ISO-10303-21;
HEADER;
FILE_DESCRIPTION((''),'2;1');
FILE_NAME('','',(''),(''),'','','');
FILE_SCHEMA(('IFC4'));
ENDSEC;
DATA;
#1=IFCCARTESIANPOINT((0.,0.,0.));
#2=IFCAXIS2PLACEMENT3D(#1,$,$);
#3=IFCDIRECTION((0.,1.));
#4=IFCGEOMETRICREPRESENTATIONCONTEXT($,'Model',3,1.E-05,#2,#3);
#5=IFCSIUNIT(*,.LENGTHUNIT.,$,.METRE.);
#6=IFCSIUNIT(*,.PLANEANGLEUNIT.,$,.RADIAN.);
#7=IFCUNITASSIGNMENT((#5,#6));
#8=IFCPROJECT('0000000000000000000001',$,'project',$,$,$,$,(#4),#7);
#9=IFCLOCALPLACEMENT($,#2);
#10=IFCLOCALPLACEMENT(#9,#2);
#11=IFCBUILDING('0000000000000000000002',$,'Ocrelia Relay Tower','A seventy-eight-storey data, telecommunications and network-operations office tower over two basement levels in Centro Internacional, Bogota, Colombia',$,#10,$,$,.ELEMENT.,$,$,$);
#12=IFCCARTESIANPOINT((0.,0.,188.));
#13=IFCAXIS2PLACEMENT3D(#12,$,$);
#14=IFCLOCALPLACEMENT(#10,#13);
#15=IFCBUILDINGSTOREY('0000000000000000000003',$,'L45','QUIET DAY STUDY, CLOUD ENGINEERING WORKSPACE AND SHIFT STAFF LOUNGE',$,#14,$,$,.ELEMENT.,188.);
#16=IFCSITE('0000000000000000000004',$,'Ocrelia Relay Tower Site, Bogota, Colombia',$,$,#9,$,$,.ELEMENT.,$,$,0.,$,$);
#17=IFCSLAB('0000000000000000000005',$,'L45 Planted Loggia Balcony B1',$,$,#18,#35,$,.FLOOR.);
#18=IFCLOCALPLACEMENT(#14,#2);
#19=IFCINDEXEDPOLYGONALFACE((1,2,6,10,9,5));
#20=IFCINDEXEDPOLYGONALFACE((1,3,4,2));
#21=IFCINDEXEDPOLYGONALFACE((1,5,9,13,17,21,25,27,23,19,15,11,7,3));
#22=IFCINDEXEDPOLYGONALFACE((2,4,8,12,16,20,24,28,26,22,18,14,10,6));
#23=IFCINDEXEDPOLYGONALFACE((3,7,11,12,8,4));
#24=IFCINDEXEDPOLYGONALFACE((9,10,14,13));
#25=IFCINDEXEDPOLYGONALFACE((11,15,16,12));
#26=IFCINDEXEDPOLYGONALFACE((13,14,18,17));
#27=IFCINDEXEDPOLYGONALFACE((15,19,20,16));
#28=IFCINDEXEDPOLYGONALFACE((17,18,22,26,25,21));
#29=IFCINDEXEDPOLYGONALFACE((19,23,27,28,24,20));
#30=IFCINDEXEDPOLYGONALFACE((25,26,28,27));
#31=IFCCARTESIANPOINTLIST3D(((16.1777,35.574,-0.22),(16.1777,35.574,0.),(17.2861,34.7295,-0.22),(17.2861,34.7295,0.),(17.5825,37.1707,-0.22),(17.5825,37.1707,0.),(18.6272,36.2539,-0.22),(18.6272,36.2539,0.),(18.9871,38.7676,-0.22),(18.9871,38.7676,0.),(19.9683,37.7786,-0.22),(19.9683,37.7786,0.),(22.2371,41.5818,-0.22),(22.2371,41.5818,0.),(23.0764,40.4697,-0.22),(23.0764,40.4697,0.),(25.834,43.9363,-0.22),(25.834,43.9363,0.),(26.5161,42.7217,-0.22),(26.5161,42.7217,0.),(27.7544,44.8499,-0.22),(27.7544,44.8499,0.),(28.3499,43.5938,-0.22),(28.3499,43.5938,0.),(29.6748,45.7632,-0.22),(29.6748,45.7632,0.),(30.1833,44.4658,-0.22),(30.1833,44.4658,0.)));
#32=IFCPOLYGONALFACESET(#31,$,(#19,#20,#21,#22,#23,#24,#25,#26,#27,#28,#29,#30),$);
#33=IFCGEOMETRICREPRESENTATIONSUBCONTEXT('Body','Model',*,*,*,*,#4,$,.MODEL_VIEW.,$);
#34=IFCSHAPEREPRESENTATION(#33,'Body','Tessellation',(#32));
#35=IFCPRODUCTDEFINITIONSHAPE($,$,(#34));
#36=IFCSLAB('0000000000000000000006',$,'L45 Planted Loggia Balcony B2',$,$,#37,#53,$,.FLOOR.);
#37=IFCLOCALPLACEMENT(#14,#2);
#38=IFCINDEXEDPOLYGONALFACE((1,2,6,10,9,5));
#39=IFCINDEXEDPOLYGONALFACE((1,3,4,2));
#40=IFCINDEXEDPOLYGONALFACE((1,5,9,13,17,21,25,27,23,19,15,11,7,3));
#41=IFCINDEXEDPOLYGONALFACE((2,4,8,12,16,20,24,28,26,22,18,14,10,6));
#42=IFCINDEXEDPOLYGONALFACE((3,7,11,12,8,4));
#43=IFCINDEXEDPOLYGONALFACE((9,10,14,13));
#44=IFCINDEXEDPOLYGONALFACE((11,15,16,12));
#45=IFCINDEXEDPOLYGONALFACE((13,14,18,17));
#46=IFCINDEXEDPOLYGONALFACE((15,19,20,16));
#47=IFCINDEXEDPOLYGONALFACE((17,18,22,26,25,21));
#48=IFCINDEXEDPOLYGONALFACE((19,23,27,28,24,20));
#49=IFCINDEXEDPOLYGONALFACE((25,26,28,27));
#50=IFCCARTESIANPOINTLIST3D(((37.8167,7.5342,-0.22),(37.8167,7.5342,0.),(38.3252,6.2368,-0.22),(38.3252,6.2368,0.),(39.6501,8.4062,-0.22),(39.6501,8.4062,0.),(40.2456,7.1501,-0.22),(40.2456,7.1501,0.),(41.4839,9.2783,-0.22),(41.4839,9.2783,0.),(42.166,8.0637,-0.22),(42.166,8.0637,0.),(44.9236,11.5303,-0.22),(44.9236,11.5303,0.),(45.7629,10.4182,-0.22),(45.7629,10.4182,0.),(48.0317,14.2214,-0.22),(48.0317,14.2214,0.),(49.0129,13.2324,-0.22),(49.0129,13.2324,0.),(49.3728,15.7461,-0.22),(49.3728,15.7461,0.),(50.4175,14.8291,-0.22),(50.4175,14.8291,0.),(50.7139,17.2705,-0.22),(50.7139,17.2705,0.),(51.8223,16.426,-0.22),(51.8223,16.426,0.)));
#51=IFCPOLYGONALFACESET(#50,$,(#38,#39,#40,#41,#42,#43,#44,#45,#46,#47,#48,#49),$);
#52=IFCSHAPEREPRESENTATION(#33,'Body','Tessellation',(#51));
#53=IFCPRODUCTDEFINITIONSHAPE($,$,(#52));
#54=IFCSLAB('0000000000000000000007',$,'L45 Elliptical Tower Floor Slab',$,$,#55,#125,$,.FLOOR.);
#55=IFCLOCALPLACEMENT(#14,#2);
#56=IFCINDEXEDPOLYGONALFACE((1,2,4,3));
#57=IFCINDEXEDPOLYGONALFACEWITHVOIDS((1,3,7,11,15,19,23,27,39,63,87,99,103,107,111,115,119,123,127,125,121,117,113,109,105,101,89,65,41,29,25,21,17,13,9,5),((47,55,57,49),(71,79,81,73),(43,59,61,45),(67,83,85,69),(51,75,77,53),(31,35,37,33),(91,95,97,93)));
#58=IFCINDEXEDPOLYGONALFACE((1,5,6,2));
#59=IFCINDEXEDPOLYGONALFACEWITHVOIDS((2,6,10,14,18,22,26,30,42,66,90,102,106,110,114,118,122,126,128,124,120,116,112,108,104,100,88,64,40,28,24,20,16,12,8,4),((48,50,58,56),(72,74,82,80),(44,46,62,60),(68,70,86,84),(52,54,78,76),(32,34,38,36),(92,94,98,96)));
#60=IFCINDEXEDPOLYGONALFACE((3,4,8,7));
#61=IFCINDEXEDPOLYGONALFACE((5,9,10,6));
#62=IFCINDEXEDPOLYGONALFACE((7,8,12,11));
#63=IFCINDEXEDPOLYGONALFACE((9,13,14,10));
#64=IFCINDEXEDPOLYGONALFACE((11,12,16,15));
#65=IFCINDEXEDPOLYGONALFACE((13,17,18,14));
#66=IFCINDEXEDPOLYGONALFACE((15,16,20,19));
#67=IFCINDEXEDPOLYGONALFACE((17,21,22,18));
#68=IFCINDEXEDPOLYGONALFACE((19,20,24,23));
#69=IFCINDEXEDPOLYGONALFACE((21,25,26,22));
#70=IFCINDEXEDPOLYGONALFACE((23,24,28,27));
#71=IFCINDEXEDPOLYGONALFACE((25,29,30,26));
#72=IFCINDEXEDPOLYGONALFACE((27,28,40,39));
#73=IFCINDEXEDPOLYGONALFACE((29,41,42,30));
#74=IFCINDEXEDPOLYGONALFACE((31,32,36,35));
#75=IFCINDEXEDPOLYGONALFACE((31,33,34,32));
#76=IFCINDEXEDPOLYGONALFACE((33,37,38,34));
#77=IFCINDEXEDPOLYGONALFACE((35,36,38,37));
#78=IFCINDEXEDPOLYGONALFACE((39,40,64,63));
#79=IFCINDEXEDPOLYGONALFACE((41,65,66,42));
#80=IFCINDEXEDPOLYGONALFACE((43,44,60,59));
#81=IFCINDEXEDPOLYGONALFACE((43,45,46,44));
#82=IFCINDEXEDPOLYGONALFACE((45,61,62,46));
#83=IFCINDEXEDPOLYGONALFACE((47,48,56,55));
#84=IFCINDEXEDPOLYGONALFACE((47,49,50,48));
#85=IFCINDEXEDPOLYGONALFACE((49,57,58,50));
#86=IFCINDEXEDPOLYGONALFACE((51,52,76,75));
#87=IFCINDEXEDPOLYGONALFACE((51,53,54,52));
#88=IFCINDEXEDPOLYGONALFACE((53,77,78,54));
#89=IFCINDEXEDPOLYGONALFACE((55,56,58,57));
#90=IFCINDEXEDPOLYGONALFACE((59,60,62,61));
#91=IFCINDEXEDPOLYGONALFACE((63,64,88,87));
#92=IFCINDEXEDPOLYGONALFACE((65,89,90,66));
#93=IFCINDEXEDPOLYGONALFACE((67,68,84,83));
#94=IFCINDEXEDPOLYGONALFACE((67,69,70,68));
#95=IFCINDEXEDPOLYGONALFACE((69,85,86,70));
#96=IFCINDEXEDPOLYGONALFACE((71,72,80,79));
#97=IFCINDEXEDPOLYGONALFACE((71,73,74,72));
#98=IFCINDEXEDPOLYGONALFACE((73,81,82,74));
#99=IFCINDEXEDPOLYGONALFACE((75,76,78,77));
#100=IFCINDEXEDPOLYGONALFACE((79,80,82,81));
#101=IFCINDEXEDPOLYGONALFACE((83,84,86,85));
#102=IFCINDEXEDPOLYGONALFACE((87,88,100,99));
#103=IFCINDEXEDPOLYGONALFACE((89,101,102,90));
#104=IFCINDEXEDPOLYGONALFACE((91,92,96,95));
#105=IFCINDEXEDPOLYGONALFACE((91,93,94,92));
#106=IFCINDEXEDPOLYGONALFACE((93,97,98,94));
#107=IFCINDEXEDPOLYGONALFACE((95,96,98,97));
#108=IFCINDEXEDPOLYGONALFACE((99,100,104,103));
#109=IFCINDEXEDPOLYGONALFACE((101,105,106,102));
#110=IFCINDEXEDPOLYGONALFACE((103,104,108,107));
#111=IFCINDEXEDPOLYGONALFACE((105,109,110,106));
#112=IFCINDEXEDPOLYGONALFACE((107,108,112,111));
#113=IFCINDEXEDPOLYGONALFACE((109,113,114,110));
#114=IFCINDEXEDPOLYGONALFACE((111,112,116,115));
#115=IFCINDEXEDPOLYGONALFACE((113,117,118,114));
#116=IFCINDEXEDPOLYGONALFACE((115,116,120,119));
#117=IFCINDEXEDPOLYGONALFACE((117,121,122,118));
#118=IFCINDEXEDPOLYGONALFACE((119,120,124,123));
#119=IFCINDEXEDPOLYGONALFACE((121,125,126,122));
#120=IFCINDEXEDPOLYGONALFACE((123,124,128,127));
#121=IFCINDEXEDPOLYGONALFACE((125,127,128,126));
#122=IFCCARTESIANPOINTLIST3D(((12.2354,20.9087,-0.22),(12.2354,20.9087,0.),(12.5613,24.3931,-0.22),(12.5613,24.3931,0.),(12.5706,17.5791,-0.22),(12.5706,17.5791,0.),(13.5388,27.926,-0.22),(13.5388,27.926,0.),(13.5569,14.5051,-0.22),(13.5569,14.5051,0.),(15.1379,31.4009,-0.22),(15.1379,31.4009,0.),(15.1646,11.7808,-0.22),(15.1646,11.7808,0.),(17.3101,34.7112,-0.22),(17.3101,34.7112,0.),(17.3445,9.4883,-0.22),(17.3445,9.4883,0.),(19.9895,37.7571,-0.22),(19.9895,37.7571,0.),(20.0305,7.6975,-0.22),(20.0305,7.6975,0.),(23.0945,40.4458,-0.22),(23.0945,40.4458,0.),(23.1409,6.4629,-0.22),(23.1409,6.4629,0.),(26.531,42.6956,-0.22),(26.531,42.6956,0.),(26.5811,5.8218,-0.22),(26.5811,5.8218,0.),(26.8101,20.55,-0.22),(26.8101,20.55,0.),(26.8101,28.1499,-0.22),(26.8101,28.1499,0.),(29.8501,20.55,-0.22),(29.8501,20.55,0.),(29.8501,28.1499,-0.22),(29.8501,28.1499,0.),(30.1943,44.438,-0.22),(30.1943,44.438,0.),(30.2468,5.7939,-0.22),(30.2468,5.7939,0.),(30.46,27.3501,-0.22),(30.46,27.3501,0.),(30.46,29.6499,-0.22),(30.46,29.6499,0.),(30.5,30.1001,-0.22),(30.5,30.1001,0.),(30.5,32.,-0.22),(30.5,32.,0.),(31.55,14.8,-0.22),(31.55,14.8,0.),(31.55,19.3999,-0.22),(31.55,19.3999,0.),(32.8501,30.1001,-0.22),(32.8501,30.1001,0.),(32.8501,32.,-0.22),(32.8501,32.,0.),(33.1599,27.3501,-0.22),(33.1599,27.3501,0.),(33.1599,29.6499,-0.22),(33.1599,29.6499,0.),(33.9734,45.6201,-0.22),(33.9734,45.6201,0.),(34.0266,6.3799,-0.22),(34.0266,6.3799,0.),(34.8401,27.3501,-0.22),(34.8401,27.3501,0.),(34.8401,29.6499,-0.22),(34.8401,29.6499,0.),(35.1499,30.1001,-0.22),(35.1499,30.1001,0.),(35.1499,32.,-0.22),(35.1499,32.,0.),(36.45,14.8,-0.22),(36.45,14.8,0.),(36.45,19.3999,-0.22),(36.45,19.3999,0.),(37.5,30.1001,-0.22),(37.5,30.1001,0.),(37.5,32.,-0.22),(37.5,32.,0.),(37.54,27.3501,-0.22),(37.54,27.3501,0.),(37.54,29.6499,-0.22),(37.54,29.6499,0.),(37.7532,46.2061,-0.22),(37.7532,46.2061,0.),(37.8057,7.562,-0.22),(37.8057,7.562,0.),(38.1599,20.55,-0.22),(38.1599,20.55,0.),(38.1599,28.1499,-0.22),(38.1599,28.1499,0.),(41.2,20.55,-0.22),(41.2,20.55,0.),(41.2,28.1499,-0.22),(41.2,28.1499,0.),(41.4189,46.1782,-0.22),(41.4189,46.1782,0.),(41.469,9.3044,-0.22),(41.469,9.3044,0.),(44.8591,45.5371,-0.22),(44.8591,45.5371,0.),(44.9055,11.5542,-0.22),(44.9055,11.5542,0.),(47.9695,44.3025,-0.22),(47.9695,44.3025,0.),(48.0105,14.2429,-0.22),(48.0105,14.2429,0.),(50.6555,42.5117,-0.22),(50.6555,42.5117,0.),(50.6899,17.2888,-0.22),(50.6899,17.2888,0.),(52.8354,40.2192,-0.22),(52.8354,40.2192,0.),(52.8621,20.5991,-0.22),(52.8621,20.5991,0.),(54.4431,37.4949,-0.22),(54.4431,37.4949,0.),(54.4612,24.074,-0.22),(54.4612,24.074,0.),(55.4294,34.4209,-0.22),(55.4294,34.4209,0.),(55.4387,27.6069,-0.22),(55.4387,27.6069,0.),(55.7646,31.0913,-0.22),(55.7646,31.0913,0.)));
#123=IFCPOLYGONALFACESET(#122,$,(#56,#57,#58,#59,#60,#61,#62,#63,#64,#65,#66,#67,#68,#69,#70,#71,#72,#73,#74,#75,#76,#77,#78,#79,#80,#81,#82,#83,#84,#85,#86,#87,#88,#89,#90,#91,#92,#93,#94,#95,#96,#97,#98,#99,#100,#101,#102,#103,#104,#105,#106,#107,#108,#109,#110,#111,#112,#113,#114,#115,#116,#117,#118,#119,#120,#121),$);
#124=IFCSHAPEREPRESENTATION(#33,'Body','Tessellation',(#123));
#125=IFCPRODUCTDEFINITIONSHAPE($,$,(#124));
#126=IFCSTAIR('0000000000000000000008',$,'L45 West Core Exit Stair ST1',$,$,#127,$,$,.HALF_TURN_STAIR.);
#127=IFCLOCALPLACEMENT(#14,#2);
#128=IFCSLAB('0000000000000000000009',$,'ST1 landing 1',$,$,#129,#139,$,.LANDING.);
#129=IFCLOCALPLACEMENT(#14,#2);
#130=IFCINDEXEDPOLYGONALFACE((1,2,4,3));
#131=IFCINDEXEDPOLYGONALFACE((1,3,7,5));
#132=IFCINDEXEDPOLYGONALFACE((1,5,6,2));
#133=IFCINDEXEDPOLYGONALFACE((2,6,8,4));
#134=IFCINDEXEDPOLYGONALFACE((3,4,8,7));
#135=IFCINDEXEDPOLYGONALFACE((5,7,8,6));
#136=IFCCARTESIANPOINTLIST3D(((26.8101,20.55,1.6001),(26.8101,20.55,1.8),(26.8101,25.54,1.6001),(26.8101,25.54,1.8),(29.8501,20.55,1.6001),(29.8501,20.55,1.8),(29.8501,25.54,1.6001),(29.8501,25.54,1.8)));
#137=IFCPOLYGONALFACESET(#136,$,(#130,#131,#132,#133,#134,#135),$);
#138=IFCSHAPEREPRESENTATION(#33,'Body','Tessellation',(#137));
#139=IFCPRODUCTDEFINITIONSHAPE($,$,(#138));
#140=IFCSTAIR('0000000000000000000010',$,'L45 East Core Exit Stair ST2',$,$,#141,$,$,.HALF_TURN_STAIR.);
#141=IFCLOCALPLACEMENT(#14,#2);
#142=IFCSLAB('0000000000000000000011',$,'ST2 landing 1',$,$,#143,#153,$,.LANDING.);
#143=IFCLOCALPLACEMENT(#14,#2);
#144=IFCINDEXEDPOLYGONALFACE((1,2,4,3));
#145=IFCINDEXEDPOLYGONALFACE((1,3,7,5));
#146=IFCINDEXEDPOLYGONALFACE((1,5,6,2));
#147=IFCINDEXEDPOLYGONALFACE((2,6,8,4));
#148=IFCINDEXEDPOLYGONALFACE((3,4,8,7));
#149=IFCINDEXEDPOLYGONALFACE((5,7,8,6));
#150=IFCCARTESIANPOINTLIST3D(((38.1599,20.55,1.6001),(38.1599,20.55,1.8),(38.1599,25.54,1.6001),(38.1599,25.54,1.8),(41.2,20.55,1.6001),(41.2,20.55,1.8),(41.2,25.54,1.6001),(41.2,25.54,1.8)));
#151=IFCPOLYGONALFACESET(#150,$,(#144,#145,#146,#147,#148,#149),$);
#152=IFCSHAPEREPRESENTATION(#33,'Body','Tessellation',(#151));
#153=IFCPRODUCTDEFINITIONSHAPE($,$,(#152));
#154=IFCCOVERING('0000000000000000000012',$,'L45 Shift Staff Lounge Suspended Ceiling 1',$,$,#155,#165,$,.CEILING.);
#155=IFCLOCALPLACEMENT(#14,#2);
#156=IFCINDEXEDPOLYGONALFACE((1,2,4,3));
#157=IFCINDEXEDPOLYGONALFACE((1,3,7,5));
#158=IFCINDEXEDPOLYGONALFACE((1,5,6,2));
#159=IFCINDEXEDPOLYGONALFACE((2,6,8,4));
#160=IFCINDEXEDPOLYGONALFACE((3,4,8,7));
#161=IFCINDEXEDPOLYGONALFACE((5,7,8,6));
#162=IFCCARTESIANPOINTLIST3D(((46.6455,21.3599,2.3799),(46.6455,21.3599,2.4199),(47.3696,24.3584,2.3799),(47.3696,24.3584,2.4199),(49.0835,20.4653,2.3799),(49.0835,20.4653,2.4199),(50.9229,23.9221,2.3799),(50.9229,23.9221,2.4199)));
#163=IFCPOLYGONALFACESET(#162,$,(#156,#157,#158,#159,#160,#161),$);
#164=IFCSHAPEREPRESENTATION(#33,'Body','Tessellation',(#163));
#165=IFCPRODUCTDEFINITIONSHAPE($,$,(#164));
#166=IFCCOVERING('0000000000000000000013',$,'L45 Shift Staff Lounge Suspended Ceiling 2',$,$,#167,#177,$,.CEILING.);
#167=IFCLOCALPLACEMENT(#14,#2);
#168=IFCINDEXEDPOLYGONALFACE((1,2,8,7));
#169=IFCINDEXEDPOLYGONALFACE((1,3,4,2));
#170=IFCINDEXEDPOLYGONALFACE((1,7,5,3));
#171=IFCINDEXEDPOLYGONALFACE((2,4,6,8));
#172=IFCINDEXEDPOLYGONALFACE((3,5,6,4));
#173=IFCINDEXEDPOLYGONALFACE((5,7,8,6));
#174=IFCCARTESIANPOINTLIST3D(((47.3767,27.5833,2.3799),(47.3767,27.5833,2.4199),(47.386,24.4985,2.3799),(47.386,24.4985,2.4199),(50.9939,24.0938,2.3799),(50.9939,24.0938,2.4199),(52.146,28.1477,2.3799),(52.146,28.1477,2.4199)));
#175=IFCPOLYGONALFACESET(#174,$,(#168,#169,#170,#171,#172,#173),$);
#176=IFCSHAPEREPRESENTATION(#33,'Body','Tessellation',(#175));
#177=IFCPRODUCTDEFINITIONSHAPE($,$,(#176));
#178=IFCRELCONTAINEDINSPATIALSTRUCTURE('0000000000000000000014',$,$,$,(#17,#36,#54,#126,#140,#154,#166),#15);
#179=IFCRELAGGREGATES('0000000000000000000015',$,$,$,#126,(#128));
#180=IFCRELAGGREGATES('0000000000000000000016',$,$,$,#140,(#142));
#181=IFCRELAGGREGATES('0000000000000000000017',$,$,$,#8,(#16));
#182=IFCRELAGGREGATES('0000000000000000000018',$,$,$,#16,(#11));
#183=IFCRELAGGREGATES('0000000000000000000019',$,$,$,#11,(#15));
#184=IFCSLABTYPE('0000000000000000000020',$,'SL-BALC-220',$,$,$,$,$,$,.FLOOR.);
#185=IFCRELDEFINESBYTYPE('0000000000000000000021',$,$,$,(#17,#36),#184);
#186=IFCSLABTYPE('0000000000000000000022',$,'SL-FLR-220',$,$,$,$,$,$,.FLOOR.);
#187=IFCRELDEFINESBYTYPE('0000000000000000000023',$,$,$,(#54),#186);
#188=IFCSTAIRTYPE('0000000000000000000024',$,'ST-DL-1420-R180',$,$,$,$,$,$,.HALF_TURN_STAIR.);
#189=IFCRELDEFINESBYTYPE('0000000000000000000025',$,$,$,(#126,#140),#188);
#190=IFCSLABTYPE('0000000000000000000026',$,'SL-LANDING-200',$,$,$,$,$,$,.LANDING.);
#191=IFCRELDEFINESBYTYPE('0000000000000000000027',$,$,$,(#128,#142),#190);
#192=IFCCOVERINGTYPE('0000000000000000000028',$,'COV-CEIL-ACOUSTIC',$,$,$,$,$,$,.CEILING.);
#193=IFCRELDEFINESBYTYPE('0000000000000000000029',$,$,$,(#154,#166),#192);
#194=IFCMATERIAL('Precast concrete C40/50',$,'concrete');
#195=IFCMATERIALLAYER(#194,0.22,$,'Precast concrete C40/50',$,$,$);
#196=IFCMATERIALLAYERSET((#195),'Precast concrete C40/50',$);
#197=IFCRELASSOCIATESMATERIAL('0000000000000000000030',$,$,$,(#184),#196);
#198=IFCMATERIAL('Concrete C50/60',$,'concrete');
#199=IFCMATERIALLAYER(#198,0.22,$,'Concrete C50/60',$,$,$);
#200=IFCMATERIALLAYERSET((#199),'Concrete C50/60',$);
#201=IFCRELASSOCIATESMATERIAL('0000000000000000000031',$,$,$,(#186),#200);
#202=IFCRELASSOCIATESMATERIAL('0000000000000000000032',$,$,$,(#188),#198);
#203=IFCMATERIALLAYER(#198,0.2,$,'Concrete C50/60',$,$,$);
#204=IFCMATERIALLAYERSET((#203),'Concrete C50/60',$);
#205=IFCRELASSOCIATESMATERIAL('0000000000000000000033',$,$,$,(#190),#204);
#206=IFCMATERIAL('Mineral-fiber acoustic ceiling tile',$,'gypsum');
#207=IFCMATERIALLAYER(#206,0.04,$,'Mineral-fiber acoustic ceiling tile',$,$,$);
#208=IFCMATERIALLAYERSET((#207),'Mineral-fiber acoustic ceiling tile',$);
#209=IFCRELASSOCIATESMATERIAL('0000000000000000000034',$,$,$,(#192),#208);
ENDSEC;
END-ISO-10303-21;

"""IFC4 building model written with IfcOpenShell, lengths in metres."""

from ifc_helpers import new_model, si_unit, direction, frame, origin, place, context, subcontext, project, spatial, polyline, outline, extrude, material, layer, layer_set, type_object, element, aggregate, save


model = new_model("IFC4")

# Units and contexts
model_context = context("Model", 3, precision=1e-05, world=origin(), true_north=direction((0.0, 1.0)))
body_context = subcontext(model_context, "Body", "Model", "MODEL_VIEW")
ifc_project = project(units=[si_unit("LENGTHUNIT", "METRE"), si_unit("PLANEANGLEUNIT", "RADIAN")], contexts=[model_context])

# Site, building, storey
site_placement = place(None, origin())
site = spatial("IfcSite", under=ifc_project, at=site_placement, Name="Ocrelia Relay Tower Site, Bogota, Colombia", CompositionType="ELEMENT", RefElevation=0.0)
building_placement = place(site_placement, origin())
building = spatial("IfcBuilding", under=site, at=building_placement, Name="Ocrelia Relay Tower", Description="A seventy-eight-storey data, telecommunications and network-operations office tower over two basement levels in Centro Internacional, Bogota, Colombia", CompositionType="ELEMENT")
storey_placement = place(building_placement, frame((0.0, 0.0, 188.0)))
storey = spatial("IfcBuildingStorey", under=building, at=storey_placement, Name="L45", Description="QUIET DAY STUDY, CLOUD ENGINEERING WORKSPACE AND SHIFT STAFF LOUNGE", CompositionType="ELEMENT", Elevation=188.0)

# Slabs
ifc_material_1 = material(Name="Precast concrete C40/50", Category="concrete")
ifc_layer_1 = layer(ifc_material_1, 0.22, Name="Precast concrete C40/50")
ifc_layer_set_1 = layer_set([ifc_layer_1], Name="Precast concrete C40/50")
slab_type_1 = type_object("IfcSlabType", Name="SL-BALC-220", PredefinedType="FLOOR", material=ifc_layer_set_1)
slab_1_placement = place(storey_placement, frame((0.0, 0.0, -0.22)))
element("IfcSlab", 1, at=slab_1_placement, inside=storey, type_object=slab_type_1, Name="L45 Planted Loggia Balcony B1", PredefinedType="FLOOR", context=body_context, shape_type="SweptSolid", body=[
    extrude(outline(polyline([(30.1833, 44.4658), (28.3499, 43.5938), (26.5161, 42.7217), (23.0764, 40.4697), (19.9683, 37.7786), (18.6272, 36.2539), (17.2861, 34.7295), (16.1777, 35.574), (17.5825, 37.1707), (18.9871, 38.7676), (22.2371, 41.5818), (25.834, 43.9363), (27.7544, 44.8499), (29.6748, 45.7632), (30.1833, 44.4658)])), origin(), (0.0, 0.0, 1.0), 0.22),
])
slab_2_placement = place(storey_placement, frame((0.0, 0.0, -0.22)))
element("IfcSlab", 2, at=slab_2_placement, inside=storey, type_object=slab_type_1, Name="L45 Planted Loggia Balcony B2", PredefinedType="FLOOR", context=body_context, shape_type="SweptSolid", body=[
    extrude(outline(polyline([(37.8167, 7.5342), (39.6501, 8.4062), (41.4839, 9.2783), (44.9236, 11.5303), (48.0317, 14.2214), (49.3728, 15.7461), (50.7139, 17.2705), (51.8223, 16.426), (50.4175, 14.8291), (49.0129, 13.2324), (45.7629, 10.4182), (42.166, 8.0637), (40.2456, 7.1501), (38.3252, 6.2368), (37.8167, 7.5342)])), origin(), (0.0, 0.0, 1.0), 0.22),
])
ifc_material_2 = material(Name="Concrete C50/60", Category="concrete")
ifc_layer_2 = layer(ifc_material_2, 0.22, Name="Concrete C50/60")
ifc_layer_set_2 = layer_set([ifc_layer_2], Name="Concrete C50/60")
slab_type_2 = type_object("IfcSlabType", Name="SL-FLR-220", PredefinedType="FLOOR", material=ifc_layer_set_2)
slab_3_placement = place(storey_placement, frame((0.0, 0.0, -0.22)))
element("IfcSlab", 3, at=slab_3_placement, inside=storey, type_object=slab_type_2, Name="L45 Elliptical Tower Floor Slab", PredefinedType="FLOOR", context=body_context, shape_type="SweptSolid", body=[
    extrude(outline(polyline([(52.8354, 40.2192), (50.6555, 42.5117), (47.9695, 44.3025), (44.8591, 45.5371), (41.4189, 46.1782), (37.7532, 46.2061), (33.9734, 45.6201), (30.1943, 44.438), (26.531, 42.6956), (23.0945, 40.4458), (19.9895, 37.7571), (17.3101, 34.7112), (15.1379, 31.4009), (13.5388, 27.926), (12.5613, 24.3931), (12.2354, 20.9087), (12.5706, 17.5791), (13.5569, 14.5051), (15.1646, 11.7808), (17.3445, 9.4883), (20.0305, 7.6975), (23.1409, 6.4629), (26.5811, 5.8218), (30.2468, 5.7939), (34.0266, 6.3799), (37.8057, 7.562), (41.469, 9.3044), (44.9055, 11.5542), (48.0105, 14.2429), (50.6899, 17.2888), (52.8621, 20.5991), (54.4612, 24.074), (55.4387, 27.6069), (55.7646, 31.0913), (55.4294, 34.4209), (54.4431, 37.4949), (52.8354, 40.2192)]), holes=[polyline([(26.8101, 28.1499), (26.8101, 20.55), (29.8501, 20.55), (29.8501, 28.1499), (26.8101, 28.1499)]), polyline([(38.1599, 28.1499), (38.1599, 20.55), (41.2, 20.55), (41.2, 28.1499), (38.1599, 28.1499)]), polyline([(30.46, 27.3501), (33.1599, 27.3501), (33.1599, 29.6499), (30.46, 29.6499), (30.46, 27.3501)]), polyline([(34.8401, 27.3501), (37.54, 27.3501), (37.54, 29.6499), (34.8401, 29.6499), (34.8401, 27.3501)]), polyline([(30.5, 30.1001), (32.8501, 30.1001), (32.8501, 32.0), (30.5, 32.0), (30.5, 30.1001)]), polyline([(35.1499, 30.1001), (37.5, 30.1001), (37.5, 32.0), (35.1499, 32.0), (35.1499, 30.1001)]), polyline([(31.55, 14.8), (36.45, 14.8), (36.45, 19.3999), (31.55, 19.3999), (31.55, 14.8)])]), origin(), (0.0, 0.0, 1.0), 0.22),
])

# Stairs, slabs
stair_type = type_object("IfcStairType", Name="ST-DL-1420-R180", PredefinedType="HALF_TURN_STAIR", material=ifc_material_2)
stair_1_placement = place(storey_placement, origin())
stair_1 = element("IfcStair", 4, at=stair_1_placement, inside=storey, type_object=stair_type, Name="L45 West Core Exit Stair ST1", PredefinedType="HALF_TURN_STAIR")
ifc_layer_3 = layer(ifc_material_2, 0.2, Name="Concrete C50/60")
ifc_layer_set_3 = layer_set([ifc_layer_3], Name="Concrete C50/60")
slab_type_3 = type_object("IfcSlabType", Name="SL-LANDING-200", PredefinedType="LANDING", material=ifc_layer_set_3)
slab_4_placement = place(storey_placement, frame((0.0, 0.0, 1.6001)))
slab_4 = element("IfcSlab", 5, at=slab_4_placement, type_object=slab_type_3, Name="ST1 landing 1", PredefinedType="LANDING", context=body_context, shape_type="SweptSolid", body=[
    extrude(outline(polyline([(26.8101, 25.54), (26.8101, 20.55), (29.8501, 20.55), (29.8501, 25.54), (26.8101, 25.54)])), origin(), (0.0, 0.0, 1.0), 0.2),
])
aggregate(stair_1, [slab_4])
stair_2_placement = place(storey_placement, origin())
stair_2 = element("IfcStair", 6, at=stair_2_placement, inside=storey, type_object=stair_type, Name="L45 East Core Exit Stair ST2", PredefinedType="HALF_TURN_STAIR")
slab_5_placement = place(storey_placement, frame((0.0, 0.0, 1.6001)))
slab_5 = element("IfcSlab", 7, at=slab_5_placement, type_object=slab_type_3, Name="ST2 landing 1", PredefinedType="LANDING", context=body_context, shape_type="SweptSolid", body=[
    extrude(outline(polyline([(38.1599, 25.54), (38.1599, 20.55), (41.2, 20.55), (41.2, 25.54), (38.1599, 25.54)])), origin(), (0.0, 0.0, 1.0), 0.2),
])
aggregate(stair_2, [slab_5])

# Coverings
ifc_material_3 = material(Name="Mineral-fiber acoustic ceiling tile", Category="gypsum")
ifc_layer_4 = layer(ifc_material_3, 0.04, Name="Mineral-fiber acoustic ceiling tile")
ifc_layer_set_4 = layer_set([ifc_layer_4], Name="Mineral-fiber acoustic ceiling tile")
covering_type = type_object("IfcCoveringType", Name="COV-CEIL-ACOUSTIC", PredefinedType="CEILING", material=ifc_layer_set_4)
covering_1_placement = place(storey_placement, frame((0.0, 0.0, 2.3799)))
element("IfcCovering", 8, at=covering_1_placement, inside=storey, type_object=covering_type, Name="L45 Shift Staff Lounge Suspended Ceiling 1", PredefinedType="CEILING", context=body_context, shape_type="SweptSolid", body=[
    extrude(outline(polyline([(46.6455, 21.3599), (49.0835, 20.4653), (50.9229, 23.9221), (47.3696, 24.3584), (46.6455, 21.3599)])), origin(), (0.0, 0.0, 1.0), 0.04),
])
covering_2_placement = place(storey_placement, frame((0.0, 0.0, 2.3799)))
element("IfcCovering", 9, at=covering_2_placement, inside=storey, type_object=covering_type, Name="L45 Shift Staff Lounge Suspended Ceiling 2", PredefinedType="CEILING", context=body_context, shape_type="SweptSolid", body=[
    extrude(outline(polyline([(47.386, 24.4985), (50.9939, 24.0938), (52.146, 28.1477), (47.3767, 27.5833), (47.386, 24.4985)])), origin(), (0.0, 0.0, 1.0), 0.04),
])

save(model, "model.ifc")
